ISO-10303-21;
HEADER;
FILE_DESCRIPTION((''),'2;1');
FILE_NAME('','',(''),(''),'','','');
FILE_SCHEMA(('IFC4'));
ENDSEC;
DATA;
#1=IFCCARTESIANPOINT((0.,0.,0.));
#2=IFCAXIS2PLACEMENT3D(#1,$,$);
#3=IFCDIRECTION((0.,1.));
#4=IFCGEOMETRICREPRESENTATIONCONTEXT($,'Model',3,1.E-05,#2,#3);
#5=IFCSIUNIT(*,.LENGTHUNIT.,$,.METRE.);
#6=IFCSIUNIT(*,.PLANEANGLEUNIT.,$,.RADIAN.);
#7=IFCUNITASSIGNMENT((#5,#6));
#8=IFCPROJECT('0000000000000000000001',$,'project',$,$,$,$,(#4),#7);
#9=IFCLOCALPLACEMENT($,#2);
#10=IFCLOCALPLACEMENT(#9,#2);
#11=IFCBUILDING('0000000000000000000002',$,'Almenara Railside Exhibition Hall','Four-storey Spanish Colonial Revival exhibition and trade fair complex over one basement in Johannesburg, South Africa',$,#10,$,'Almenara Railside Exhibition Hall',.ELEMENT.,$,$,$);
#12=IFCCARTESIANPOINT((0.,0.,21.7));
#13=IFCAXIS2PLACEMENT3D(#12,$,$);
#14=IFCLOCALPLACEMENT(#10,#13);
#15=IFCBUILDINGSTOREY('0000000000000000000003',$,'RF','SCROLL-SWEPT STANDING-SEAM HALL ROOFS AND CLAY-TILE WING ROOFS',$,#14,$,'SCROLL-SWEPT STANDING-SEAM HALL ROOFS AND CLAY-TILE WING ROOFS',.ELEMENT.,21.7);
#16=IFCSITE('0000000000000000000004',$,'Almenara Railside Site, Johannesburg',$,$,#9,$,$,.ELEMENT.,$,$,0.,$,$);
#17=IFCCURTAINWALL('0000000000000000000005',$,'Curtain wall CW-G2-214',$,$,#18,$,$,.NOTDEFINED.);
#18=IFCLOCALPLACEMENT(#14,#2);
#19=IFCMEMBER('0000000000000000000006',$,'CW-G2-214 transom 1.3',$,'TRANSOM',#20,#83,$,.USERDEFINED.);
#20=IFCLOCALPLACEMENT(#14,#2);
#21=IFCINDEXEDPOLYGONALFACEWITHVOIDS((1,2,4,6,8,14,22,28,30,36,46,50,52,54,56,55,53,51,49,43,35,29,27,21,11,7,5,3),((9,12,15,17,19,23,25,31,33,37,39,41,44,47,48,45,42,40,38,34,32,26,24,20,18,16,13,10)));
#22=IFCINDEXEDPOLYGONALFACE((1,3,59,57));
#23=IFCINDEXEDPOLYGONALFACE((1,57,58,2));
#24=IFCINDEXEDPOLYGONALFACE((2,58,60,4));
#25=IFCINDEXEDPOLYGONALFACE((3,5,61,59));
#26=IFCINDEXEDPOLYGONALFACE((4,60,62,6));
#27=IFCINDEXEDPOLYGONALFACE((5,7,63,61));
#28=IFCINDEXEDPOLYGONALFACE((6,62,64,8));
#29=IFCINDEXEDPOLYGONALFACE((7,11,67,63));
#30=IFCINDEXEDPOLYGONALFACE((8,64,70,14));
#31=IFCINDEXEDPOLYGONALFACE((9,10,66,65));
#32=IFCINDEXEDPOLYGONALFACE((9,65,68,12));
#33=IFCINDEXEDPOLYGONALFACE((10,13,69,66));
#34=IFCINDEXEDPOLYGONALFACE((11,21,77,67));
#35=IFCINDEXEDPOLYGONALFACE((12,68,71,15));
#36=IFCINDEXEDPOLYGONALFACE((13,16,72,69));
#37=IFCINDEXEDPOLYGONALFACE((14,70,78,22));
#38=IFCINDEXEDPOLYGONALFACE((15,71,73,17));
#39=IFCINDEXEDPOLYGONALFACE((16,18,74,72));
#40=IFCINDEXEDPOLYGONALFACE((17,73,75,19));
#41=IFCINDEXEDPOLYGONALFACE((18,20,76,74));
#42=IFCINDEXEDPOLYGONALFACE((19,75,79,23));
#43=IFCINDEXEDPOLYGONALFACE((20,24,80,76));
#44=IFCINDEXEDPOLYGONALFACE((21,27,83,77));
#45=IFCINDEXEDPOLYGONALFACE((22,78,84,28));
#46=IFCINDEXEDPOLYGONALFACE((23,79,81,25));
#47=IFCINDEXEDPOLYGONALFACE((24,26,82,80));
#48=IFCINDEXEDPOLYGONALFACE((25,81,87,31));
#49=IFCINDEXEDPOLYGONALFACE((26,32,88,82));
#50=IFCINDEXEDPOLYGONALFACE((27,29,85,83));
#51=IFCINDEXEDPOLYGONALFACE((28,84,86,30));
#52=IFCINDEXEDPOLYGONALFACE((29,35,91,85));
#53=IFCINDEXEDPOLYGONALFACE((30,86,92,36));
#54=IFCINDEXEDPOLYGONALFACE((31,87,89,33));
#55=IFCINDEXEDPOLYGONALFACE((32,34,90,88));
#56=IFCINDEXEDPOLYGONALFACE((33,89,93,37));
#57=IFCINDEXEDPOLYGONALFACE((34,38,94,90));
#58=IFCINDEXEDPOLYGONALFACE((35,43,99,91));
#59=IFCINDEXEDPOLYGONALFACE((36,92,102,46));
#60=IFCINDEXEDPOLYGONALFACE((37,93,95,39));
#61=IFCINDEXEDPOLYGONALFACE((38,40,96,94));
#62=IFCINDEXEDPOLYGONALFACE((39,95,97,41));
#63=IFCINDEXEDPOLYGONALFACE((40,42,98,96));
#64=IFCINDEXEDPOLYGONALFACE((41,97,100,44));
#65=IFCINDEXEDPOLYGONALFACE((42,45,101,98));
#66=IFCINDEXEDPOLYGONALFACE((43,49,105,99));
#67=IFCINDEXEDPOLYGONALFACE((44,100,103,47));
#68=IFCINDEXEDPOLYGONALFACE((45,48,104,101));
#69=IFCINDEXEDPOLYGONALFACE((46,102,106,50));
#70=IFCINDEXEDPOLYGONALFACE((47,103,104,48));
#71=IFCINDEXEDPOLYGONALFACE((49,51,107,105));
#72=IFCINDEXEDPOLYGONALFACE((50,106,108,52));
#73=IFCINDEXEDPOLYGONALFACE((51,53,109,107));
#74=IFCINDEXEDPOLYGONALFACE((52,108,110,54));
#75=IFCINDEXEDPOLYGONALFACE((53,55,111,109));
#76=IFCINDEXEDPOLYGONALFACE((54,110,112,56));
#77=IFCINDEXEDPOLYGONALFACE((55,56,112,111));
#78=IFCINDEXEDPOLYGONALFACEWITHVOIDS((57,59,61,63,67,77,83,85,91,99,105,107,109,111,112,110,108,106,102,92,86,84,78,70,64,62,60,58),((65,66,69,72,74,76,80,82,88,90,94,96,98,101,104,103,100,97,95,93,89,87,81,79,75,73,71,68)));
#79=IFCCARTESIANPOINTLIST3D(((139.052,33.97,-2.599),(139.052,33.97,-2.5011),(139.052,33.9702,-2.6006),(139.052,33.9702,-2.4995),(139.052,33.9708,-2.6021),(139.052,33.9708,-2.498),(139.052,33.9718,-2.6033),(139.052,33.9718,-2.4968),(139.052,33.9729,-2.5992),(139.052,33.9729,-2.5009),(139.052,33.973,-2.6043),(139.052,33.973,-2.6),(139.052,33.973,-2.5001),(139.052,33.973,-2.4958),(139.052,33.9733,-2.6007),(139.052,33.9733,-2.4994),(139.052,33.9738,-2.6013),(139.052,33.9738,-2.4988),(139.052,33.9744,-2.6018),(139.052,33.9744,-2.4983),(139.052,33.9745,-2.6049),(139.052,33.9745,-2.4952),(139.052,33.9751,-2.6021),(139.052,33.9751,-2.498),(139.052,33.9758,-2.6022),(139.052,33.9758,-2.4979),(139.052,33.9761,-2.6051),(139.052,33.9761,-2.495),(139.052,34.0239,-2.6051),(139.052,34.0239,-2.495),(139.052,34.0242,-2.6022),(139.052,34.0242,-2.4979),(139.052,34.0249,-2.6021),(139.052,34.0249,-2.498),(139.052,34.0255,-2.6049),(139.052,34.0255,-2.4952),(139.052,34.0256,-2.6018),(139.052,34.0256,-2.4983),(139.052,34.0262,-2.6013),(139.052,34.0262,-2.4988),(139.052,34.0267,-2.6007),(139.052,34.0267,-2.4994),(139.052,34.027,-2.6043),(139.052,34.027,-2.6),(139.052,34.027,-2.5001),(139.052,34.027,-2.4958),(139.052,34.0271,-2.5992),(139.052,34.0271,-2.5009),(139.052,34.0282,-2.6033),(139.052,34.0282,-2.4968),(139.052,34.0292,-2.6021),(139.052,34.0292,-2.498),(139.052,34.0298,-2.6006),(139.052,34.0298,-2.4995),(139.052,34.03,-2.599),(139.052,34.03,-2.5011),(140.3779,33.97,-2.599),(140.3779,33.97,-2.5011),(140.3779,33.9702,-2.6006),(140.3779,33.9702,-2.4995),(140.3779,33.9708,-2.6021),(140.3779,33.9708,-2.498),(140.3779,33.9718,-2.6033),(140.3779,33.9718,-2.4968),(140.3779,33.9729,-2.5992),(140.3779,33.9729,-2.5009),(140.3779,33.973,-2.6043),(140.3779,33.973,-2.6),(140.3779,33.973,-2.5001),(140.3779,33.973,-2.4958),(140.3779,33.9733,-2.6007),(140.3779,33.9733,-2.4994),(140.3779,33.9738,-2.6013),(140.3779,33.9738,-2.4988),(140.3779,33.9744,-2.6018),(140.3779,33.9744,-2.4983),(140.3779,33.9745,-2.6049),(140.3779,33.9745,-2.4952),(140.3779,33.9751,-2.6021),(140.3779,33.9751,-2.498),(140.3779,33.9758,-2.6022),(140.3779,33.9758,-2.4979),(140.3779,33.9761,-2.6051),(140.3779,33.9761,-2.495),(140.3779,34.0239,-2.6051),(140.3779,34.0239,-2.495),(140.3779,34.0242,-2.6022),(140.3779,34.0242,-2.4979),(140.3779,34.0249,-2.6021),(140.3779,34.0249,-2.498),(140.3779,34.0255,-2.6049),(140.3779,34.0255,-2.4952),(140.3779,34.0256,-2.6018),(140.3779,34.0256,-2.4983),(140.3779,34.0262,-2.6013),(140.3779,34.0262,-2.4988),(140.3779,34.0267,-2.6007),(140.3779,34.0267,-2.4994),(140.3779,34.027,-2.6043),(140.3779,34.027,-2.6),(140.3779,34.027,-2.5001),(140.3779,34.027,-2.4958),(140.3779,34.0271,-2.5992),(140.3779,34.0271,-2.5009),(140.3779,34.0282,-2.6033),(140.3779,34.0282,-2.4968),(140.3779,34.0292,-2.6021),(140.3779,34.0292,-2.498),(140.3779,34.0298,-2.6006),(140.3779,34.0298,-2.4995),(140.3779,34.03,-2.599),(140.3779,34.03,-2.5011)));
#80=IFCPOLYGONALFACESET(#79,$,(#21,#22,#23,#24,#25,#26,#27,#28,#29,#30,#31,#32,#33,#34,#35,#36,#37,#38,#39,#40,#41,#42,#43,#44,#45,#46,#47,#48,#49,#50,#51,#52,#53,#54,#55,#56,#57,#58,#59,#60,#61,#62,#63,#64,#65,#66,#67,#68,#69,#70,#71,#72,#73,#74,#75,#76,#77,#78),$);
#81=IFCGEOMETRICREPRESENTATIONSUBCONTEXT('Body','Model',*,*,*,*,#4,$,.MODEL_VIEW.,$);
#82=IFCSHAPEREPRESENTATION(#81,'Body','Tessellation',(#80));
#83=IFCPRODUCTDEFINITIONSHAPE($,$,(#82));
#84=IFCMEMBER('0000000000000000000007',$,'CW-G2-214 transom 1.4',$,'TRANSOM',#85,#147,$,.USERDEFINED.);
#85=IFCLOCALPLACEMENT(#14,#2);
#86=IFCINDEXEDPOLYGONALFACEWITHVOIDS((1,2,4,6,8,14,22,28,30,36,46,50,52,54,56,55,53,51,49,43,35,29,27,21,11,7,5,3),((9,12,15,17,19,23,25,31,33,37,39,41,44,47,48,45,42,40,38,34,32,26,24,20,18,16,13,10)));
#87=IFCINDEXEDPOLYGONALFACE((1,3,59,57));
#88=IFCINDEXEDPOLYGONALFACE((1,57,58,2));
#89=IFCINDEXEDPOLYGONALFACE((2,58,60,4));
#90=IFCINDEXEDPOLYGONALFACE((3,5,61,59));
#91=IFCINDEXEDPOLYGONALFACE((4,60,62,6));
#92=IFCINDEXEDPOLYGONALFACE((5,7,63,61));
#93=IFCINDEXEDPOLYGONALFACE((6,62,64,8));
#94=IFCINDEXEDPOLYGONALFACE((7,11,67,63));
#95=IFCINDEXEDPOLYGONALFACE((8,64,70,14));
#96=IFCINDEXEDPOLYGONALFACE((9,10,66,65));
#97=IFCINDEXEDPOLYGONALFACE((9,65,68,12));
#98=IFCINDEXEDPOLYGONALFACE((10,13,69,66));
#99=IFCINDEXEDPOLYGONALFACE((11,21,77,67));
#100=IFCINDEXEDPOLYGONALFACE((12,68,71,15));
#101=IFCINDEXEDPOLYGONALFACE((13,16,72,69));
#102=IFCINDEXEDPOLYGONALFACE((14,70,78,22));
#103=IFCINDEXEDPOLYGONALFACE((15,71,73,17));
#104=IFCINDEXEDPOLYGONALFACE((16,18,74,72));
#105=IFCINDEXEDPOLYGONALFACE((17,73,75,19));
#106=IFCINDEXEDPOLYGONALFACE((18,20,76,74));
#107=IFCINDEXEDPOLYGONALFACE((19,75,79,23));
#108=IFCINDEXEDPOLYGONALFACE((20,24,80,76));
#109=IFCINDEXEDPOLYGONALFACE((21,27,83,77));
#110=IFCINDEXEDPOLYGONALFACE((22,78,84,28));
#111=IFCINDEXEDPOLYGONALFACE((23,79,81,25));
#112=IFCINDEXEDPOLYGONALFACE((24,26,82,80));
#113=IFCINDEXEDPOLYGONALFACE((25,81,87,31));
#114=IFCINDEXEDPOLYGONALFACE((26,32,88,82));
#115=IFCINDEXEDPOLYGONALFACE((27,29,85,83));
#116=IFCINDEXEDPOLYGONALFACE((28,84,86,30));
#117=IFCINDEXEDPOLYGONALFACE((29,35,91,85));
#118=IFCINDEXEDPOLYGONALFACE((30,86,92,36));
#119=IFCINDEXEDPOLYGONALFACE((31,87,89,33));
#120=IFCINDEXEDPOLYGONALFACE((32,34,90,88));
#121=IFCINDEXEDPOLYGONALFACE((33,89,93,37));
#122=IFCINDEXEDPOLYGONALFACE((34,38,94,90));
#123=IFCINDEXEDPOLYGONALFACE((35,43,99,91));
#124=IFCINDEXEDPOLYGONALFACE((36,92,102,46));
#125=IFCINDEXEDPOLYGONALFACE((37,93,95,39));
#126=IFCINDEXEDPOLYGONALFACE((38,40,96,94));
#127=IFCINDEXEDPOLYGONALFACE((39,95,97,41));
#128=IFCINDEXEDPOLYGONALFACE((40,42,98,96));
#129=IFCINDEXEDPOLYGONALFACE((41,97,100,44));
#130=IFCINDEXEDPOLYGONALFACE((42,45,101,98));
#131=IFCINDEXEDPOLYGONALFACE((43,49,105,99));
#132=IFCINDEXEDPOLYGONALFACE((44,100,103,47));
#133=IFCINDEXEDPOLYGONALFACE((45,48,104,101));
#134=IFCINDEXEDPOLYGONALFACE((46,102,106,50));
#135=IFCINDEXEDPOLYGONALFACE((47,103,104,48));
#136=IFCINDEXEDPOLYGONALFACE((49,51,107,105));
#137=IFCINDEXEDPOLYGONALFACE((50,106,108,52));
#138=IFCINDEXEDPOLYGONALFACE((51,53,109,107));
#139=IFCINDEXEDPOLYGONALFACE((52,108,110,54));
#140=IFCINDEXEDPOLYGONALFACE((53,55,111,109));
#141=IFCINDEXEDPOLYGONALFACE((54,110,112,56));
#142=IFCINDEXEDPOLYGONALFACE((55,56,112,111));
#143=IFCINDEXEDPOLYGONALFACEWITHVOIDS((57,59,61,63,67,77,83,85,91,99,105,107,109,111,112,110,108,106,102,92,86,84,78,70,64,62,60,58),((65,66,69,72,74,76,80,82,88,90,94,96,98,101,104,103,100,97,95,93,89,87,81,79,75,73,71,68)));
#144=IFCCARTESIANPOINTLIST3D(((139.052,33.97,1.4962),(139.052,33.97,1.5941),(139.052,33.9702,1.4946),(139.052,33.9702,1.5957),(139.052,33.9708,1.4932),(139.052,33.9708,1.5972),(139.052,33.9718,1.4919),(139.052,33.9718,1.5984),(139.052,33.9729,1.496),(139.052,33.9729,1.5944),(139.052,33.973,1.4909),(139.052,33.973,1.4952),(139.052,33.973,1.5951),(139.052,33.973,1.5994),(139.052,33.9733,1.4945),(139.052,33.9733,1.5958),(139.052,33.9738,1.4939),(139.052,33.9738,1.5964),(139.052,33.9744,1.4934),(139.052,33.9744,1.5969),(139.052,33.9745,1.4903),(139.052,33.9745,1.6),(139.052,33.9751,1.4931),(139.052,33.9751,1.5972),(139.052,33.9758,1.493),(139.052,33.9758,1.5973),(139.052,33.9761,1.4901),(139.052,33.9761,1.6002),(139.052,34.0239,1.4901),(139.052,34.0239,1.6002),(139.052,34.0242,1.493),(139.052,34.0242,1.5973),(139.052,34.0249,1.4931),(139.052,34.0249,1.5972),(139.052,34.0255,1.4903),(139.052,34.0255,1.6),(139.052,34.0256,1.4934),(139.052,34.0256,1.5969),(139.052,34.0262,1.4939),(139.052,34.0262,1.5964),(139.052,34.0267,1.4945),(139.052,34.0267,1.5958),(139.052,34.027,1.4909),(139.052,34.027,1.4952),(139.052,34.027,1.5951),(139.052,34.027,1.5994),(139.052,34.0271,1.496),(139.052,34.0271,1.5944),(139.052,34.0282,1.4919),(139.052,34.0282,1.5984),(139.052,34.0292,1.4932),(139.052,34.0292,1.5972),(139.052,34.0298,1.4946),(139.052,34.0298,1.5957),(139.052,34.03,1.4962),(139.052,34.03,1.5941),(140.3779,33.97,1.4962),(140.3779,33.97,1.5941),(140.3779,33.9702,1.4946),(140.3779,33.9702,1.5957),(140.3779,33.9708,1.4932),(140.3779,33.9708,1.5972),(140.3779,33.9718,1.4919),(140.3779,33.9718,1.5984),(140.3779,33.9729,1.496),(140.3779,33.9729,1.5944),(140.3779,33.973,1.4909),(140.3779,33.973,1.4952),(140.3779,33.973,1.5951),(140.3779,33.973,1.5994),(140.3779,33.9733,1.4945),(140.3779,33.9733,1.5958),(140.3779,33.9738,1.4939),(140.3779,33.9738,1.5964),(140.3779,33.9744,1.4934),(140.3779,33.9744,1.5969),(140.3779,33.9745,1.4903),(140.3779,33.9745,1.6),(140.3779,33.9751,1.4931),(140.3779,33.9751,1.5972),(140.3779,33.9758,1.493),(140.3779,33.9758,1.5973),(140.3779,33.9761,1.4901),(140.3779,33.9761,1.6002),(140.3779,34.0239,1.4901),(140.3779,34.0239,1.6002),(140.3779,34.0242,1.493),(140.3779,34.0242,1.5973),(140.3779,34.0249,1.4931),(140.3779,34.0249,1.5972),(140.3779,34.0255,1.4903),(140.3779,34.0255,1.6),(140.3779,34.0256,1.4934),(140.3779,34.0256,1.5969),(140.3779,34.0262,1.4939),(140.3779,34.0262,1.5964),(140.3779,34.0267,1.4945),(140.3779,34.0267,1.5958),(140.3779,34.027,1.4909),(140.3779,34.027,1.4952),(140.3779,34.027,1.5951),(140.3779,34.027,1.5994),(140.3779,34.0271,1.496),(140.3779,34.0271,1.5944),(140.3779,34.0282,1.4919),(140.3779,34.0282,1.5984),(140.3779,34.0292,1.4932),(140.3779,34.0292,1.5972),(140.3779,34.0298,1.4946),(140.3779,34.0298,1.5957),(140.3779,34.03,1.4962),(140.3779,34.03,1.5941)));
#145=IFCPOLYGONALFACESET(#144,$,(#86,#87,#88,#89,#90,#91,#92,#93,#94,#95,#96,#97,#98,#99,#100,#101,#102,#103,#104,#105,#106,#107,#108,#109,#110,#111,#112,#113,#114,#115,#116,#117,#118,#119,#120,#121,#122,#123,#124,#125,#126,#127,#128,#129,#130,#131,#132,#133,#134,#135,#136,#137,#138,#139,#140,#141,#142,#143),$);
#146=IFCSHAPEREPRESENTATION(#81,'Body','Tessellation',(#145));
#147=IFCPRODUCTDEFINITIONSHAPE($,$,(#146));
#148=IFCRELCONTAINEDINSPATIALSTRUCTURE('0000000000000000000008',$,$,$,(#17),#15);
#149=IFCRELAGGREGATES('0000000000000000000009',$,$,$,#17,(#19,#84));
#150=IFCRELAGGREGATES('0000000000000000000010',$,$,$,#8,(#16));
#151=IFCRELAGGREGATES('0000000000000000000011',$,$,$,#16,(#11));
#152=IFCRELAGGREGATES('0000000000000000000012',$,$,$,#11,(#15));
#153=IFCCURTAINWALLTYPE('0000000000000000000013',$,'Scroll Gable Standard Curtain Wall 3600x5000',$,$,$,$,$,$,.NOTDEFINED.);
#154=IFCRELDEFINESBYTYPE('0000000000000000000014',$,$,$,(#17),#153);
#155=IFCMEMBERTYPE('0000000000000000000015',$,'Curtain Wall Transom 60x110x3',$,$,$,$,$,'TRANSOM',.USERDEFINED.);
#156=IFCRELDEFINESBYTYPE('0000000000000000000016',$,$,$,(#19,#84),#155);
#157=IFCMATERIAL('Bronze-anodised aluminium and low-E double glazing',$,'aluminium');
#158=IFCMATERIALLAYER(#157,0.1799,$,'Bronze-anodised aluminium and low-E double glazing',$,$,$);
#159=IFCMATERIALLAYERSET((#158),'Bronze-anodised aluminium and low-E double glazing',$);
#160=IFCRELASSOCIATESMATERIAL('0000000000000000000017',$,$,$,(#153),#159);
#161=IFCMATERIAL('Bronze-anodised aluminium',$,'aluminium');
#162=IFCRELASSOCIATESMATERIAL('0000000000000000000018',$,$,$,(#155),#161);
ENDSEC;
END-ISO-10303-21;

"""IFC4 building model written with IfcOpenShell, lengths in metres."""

from ifc_helpers import new_model, si_unit, direction, frame, origin, origin_2d, place, context, subcontext, project, spatial, hollow_rectangle, extrude, material, layer, layer_set, material_profile, profile_set, type_object, element, aggregate, save


model = new_model("IFC4")

# Units and contexts
model_context = context("Model", 3, precision=1e-05, world=origin(), true_north=direction((0.0, 1.0)))
body_context = subcontext(model_context, "Body", "Model", "MODEL_VIEW")
ifc_project = project(units=[si_unit("LENGTHUNIT", "METRE"), si_unit("PLANEANGLEUNIT", "RADIAN")], contexts=[model_context])

# Site, building, storey
site_placement = place(None, origin())
site = spatial("IfcSite", under=ifc_project, at=site_placement, Name="Almenara Railside Site, Johannesburg", CompositionType="ELEMENT", RefElevation=0.0)
building_placement = place(site_placement, origin())
building = spatial("IfcBuilding", under=site, at=building_placement, Name="Almenara Railside Exhibition Hall", Description="Four-storey Spanish Colonial Revival exhibition and trade fair complex over one basement in Johannesburg, South Africa", LongName="Almenara Railside Exhibition Hall", CompositionType="ELEMENT")
storey_placement = place(building_placement, frame((0.0, 0.0, 21.7)))
storey = spatial("IfcBuildingStorey", under=building, at=storey_placement, Name="RF", Description="SCROLL-SWEPT STANDING-SEAM HALL ROOFS AND CLAY-TILE WING ROOFS", LongName="SCROLL-SWEPT STANDING-SEAM HALL ROOFS AND CLAY-TILE WING ROOFS", CompositionType="ELEMENT", Elevation=21.7)

# Curtain wall, members
ifc_material_1 = material(Name="Bronze-anodised aluminium and low-E double glazing", Category="aluminium")
ifc_layer_1 = layer(ifc_material_1, 0.1799, Name="Bronze-anodised aluminium and low-E double glazing")
ifc_layer_set_1 = layer_set([ifc_layer_1], Name="Bronze-anodised aluminium and low-E double glazing")
curtain_wall_type = type_object("IfcCurtainWallType", Name="Scroll Gable Standard Curtain Wall 3600x5000", PredefinedType="NOTDEFINED", material=ifc_layer_set_1)
curtain_wall_placement = place(storey_placement, origin())
curtain_wall = element("IfcCurtainWall", 1, at=curtain_wall_placement, inside=storey, type_object=curtain_wall_type, Name="Curtain wall CW-G2-214", PredefinedType="NOTDEFINED")
ifc_material_2 = material(Name="Bronze-anodised aluminium", Category="aluminium")
ifc_material_profile_1 = material_profile(ifc_material_2, hollow_rectangle(XDim=0.0601, YDim=0.1101, WallThickness=0.0029, InnerFilletRadius=0.0029, OuterFilletRadius=0.0061, at=origin_2d()), Name="ALU-TRN 60x110x3")
ifc_profile_set_1 = profile_set([ifc_material_profile_1], Name="Bronze-anodised aluminium")
member_type_1 = type_object("IfcMemberType", Name="Curtain Wall Transom 60x110x3", ElementType="TRANSOM", PredefinedType="USERDEFINED", material=ifc_profile_set_1)
member_1_placement = place(storey_placement, frame((139.052, 34.0, -2.55), z_axis=(1.0, 0.0, 0.0), x_axis=(0.0, 1.0, 0.0)))
member_1 = element("IfcMember", 2, at=member_1_placement, type_object=member_type_1, Name="CW-G2-214 transom 1.3", ObjectType="TRANSOM", PredefinedType="USERDEFINED", context=body_context, shape_type="SweptSolid", body=[
    extrude(hollow_rectangle(XDim=0.0601, YDim=0.1101, WallThickness=0.0029, InnerFilletRadius=0.0029, OuterFilletRadius=0.0061, at=origin_2d()), origin(), (0.0, 0.0, 1.0), 1.3259),
])
member_2_placement = place(storey_placement, frame((139.052, 34.0, 1.5452), z_axis=(1.0, 0.0, 0.0), x_axis=(0.0, 1.0, 0.0)))
member_2 = element("IfcMember", 3, at=member_2_placement, type_object=member_type_1, Name="CW-G2-214 transom 1.4", ObjectType="TRANSOM", PredefinedType="USERDEFINED", context=body_context, shape_type="SweptSolid", body=[
    extrude(hollow_rectangle(XDim=0.0601, YDim=0.1101, WallThickness=0.0029, InnerFilletRadius=0.0029, OuterFilletRadius=0.0061, at=origin_2d()), origin(), (0.0, 0.0, 1.0), 1.3259),
])

aggregate(curtain_wall, [member_1, member_2])

save(model, "model.ifc")
